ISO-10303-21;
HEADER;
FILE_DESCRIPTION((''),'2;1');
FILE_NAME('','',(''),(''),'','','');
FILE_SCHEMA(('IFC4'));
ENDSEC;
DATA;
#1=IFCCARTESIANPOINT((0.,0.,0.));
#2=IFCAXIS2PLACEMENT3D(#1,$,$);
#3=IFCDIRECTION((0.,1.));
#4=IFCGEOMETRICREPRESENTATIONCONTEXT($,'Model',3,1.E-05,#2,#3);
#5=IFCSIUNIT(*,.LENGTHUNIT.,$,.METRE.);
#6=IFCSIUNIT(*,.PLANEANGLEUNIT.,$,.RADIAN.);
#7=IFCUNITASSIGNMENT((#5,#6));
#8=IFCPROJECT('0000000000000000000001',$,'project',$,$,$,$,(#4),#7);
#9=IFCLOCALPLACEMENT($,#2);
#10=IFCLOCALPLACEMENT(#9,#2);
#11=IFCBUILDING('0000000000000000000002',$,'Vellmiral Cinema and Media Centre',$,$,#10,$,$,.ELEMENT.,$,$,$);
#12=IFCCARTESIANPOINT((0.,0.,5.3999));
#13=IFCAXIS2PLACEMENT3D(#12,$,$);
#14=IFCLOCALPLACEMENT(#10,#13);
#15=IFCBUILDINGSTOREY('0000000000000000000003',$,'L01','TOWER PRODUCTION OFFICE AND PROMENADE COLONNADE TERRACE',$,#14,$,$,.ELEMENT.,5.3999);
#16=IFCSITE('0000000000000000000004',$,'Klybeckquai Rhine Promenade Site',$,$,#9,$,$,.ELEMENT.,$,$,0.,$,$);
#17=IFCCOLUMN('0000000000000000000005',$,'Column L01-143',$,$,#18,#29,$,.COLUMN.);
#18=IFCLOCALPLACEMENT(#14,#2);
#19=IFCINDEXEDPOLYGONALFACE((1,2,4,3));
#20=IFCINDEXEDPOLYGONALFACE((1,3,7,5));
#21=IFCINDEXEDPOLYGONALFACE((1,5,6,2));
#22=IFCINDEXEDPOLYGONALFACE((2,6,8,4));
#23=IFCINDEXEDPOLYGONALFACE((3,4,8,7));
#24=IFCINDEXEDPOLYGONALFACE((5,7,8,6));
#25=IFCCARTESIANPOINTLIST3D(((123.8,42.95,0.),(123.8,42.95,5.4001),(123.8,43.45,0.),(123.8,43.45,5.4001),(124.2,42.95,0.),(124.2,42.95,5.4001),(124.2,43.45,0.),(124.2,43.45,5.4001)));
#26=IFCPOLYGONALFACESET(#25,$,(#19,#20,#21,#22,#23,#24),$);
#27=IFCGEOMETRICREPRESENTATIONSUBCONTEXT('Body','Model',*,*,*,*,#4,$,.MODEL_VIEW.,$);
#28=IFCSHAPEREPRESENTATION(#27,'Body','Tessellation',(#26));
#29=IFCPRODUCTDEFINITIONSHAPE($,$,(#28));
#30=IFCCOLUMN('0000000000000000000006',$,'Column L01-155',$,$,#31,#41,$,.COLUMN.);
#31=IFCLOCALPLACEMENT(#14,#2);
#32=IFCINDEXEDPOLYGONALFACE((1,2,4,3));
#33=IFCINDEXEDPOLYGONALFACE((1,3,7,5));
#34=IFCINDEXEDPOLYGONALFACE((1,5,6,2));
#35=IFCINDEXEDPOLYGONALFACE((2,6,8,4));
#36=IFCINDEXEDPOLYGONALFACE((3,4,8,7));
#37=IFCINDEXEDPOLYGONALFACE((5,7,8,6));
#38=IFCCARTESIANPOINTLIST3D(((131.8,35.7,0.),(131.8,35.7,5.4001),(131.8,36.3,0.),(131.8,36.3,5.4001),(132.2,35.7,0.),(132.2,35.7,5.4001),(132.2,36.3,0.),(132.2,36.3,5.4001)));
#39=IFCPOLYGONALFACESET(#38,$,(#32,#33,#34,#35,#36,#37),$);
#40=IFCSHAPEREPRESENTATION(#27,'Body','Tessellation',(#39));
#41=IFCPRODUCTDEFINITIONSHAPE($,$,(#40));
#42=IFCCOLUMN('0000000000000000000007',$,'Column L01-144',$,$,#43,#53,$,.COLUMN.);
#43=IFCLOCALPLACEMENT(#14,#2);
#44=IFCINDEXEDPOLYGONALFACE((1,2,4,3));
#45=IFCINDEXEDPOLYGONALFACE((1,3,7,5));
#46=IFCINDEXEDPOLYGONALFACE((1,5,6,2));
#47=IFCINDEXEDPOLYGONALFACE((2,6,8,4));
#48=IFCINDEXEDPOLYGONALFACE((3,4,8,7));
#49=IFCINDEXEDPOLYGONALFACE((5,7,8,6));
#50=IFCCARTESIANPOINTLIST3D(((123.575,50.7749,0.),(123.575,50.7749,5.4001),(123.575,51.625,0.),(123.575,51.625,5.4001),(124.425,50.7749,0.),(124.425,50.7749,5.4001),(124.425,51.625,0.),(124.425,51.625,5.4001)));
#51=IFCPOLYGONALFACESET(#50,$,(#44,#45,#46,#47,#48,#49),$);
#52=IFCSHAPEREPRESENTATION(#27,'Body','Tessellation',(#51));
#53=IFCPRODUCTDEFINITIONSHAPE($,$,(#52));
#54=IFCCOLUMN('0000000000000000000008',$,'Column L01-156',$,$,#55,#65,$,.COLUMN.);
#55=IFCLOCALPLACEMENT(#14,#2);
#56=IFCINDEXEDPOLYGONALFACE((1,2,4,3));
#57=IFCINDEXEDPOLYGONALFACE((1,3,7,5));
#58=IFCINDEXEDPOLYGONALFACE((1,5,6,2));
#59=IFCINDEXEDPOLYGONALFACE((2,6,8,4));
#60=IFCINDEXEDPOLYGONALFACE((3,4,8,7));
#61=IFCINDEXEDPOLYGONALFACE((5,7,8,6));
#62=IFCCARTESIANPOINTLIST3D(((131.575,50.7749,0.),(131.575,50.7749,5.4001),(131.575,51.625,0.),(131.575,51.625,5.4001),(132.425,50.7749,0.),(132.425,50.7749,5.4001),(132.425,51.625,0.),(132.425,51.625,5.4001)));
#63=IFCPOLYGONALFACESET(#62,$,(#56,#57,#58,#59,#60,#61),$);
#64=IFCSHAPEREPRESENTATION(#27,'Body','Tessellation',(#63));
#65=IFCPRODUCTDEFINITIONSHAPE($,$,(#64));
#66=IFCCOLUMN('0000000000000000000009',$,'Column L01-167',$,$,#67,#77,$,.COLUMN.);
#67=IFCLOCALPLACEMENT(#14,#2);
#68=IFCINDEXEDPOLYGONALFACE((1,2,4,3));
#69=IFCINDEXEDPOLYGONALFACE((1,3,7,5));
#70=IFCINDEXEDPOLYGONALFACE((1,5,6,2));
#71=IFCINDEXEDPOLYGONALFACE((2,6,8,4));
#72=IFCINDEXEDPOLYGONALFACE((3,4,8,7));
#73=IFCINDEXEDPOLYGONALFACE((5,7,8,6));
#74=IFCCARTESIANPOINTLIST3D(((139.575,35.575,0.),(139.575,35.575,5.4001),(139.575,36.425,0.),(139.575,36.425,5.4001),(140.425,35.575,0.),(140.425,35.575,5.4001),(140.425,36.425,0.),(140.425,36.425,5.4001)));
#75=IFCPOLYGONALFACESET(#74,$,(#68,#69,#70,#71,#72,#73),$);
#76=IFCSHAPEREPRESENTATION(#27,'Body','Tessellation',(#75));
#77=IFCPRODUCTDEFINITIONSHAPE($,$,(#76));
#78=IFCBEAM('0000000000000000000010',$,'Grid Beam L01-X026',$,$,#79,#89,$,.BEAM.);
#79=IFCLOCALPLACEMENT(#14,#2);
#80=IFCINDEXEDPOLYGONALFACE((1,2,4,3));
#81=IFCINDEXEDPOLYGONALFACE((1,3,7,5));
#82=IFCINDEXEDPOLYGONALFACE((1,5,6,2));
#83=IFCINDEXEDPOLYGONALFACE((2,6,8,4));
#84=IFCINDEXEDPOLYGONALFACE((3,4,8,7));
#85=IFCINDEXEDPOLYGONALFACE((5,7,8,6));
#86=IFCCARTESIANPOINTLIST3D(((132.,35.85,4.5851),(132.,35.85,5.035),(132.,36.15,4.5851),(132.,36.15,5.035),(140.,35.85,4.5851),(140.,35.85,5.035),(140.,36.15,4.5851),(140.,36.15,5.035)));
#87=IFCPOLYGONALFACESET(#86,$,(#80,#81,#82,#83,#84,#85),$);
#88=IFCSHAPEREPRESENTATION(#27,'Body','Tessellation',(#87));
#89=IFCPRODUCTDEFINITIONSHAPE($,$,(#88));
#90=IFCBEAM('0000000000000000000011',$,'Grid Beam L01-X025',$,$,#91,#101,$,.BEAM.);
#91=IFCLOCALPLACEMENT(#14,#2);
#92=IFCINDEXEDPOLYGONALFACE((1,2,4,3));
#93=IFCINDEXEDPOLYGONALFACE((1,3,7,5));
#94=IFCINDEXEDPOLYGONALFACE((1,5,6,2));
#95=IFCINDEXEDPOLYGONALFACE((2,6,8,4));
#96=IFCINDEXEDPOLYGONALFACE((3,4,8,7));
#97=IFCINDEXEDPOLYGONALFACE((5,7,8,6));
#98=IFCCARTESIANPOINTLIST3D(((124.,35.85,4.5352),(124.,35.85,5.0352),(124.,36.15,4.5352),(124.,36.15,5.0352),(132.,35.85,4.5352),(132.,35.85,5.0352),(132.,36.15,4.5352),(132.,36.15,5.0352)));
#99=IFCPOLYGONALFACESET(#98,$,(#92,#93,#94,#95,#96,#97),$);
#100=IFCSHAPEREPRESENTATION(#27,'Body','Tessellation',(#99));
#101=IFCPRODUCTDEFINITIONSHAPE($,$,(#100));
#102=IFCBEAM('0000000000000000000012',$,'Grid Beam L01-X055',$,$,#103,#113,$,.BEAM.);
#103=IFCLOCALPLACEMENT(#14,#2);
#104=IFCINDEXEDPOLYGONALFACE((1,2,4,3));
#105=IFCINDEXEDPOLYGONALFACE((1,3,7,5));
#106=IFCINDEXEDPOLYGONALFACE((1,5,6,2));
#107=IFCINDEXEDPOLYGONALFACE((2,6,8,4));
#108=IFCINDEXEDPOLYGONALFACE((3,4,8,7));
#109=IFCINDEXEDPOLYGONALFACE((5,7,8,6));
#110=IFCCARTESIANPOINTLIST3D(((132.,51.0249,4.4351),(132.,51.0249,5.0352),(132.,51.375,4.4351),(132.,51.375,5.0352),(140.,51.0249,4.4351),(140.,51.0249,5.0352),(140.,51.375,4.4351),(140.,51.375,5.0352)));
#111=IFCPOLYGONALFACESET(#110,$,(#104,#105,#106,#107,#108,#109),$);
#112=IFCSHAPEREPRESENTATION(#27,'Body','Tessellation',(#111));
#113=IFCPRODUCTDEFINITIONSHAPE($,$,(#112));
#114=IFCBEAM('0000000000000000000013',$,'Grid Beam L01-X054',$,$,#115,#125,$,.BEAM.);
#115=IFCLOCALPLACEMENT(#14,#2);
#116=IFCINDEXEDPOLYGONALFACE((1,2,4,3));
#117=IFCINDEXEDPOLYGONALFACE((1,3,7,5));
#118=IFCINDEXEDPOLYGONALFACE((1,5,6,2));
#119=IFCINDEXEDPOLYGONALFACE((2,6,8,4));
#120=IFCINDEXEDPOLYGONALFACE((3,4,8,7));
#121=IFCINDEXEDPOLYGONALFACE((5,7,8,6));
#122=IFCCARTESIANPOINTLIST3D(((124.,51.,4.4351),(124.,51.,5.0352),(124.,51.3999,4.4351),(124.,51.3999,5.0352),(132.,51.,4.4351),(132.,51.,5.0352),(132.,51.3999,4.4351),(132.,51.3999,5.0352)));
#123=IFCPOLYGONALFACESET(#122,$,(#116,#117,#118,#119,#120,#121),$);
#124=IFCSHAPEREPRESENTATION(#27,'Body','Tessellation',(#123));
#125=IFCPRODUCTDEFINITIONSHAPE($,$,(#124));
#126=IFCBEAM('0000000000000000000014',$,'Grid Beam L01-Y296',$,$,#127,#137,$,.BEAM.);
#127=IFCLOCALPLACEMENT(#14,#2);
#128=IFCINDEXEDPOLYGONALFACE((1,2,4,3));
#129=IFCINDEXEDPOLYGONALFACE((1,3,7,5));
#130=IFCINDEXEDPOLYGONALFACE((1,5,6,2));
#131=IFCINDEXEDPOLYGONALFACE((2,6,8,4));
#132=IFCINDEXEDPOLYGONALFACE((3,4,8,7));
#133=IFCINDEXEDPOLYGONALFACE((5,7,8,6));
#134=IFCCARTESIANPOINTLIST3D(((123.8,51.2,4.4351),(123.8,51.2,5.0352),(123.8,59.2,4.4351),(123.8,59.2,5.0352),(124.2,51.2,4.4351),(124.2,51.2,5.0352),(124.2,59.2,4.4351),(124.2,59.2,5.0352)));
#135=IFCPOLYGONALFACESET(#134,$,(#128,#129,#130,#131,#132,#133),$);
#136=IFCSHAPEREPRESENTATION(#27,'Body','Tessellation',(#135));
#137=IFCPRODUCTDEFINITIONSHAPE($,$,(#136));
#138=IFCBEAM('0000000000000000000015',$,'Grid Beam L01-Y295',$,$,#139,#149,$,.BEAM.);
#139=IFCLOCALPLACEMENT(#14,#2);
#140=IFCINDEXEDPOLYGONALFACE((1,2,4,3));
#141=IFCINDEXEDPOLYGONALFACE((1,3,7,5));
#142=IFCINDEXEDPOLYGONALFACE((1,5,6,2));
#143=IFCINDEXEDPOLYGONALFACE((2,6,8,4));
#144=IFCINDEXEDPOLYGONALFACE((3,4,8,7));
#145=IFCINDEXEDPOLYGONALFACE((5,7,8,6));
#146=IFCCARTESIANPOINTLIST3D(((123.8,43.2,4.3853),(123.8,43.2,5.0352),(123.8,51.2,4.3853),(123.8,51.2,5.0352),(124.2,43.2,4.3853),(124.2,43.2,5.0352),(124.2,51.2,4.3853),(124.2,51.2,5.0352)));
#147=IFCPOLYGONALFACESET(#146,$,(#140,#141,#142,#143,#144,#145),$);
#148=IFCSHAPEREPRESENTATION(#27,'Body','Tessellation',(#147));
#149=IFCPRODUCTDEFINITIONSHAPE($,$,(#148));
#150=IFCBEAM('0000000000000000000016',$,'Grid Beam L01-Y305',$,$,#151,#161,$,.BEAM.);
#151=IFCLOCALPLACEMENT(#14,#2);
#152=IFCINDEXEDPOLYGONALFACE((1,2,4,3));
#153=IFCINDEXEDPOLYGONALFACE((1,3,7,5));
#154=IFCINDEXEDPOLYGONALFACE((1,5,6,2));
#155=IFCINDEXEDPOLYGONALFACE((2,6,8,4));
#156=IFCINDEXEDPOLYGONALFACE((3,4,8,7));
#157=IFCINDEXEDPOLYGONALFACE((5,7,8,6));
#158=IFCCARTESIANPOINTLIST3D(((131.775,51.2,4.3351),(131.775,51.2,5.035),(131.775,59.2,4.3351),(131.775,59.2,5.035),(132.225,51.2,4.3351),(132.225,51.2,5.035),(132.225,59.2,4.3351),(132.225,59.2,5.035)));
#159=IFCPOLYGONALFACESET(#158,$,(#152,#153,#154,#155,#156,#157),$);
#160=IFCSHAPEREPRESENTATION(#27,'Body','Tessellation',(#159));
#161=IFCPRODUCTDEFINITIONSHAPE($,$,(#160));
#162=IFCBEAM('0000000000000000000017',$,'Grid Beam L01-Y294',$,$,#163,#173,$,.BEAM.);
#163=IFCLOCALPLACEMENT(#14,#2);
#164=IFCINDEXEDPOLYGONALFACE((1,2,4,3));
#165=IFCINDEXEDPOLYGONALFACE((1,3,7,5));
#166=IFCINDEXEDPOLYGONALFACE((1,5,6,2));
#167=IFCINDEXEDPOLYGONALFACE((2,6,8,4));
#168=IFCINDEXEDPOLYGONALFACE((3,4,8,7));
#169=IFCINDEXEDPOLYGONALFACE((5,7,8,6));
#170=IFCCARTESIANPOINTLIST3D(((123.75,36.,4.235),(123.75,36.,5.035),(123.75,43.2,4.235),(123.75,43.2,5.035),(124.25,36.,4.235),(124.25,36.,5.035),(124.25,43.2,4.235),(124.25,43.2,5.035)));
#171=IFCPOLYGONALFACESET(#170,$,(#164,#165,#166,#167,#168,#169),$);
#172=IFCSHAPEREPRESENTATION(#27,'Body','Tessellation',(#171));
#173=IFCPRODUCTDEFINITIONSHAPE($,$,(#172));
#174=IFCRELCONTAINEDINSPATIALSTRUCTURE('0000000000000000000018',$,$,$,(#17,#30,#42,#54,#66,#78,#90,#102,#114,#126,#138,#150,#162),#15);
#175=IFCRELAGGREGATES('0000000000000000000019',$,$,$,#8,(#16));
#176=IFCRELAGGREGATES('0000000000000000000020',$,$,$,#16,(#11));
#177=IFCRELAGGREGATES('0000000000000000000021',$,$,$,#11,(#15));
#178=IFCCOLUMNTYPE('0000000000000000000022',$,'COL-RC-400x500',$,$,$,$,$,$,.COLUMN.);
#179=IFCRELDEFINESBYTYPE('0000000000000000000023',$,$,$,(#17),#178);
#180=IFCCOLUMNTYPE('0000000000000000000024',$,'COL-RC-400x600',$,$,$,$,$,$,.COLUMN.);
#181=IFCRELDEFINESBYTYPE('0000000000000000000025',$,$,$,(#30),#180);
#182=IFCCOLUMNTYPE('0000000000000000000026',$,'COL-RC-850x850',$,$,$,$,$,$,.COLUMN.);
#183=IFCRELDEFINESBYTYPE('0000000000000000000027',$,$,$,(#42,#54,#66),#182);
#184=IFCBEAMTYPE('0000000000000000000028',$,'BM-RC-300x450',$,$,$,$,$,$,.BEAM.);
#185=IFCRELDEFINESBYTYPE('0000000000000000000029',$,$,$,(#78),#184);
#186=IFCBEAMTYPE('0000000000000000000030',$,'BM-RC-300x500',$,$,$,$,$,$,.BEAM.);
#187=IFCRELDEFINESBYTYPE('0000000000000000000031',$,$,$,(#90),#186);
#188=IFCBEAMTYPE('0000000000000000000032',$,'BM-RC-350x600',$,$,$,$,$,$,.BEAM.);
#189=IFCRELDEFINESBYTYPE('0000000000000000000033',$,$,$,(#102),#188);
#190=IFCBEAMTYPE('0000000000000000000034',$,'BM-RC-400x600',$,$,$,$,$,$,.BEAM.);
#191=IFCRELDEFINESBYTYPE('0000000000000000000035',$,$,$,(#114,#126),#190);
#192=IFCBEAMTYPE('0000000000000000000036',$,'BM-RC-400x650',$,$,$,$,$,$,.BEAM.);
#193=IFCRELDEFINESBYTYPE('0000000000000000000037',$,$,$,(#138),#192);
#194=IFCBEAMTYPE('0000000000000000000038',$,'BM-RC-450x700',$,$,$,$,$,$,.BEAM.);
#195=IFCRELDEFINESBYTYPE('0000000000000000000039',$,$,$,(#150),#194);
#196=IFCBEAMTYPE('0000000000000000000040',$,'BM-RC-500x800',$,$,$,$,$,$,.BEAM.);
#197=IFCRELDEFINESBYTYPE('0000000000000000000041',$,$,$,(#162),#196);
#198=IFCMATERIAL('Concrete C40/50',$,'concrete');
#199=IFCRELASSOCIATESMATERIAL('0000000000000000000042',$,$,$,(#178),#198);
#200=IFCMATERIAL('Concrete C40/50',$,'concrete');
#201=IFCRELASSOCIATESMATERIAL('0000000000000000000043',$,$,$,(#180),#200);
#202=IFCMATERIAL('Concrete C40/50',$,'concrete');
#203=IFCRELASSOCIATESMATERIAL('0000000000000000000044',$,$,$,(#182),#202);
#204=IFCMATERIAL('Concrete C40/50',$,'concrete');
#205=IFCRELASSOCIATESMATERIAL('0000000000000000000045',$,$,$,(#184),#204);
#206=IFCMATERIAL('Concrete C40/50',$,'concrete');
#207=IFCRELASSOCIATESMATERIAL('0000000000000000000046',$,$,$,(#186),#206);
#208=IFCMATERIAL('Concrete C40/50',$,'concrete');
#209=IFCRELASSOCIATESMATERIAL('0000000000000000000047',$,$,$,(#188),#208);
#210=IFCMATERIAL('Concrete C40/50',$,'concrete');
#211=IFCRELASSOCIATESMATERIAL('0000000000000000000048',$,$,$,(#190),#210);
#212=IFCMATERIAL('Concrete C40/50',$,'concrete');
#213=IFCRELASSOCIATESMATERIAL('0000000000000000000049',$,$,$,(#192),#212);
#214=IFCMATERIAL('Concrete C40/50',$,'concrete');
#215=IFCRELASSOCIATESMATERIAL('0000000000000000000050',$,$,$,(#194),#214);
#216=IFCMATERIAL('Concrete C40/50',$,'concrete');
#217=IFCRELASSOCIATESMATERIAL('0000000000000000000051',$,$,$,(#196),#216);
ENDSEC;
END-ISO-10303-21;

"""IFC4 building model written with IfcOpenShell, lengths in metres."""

from ifc_helpers import new_model, si_unit, direction, frame, origin, origin_2d, place, context, subcontext, project, spatial, rectangle, extrude, material, material_profile, profile_set, type_object, element, save


model = new_model("IFC4")

# Units and contexts
model_context = context("Model", 3, precision=1e-05, world=origin(), true_north=direction((0.0, 1.0)))
body_context = subcontext(model_context, "Body", "Model", "MODEL_VIEW")
ifc_project = project(units=[si_unit("LENGTHUNIT", "METRE"), si_unit("PLANEANGLEUNIT", "RADIAN")], contexts=[model_context])

# Site, building, storey
site_placement = place(None, origin())
site = spatial("IfcSite", under=ifc_project, at=site_placement, Name="Klybeckquai Rhine Promenade Site", CompositionType="ELEMENT", RefElevation=0.0)
building_placement = place(site_placement, origin())
building = spatial("IfcBuilding", under=site, at=building_placement, Name="Vellmiral Cinema and Media Centre", CompositionType="ELEMENT")
storey_placement = place(building_placement, frame((0.0, 0.0, 5.3999)))
storey = spatial("IfcBuildingStorey", under=building, at=storey_placement, Name="L01", Description="TOWER PRODUCTION OFFICE AND PROMENADE COLONNADE TERRACE", CompositionType="ELEMENT", Elevation=5.3999)

# Columns
ifc_material_1 = material(Name="Concrete C40/50", Category="concrete")
ifc_material_profile_1 = material_profile(ifc_material_1, rectangle(XDim=0.3999, YDim=0.5, at=origin_2d()), Name="RC 400x500")
ifc_profile_set_1 = profile_set([ifc_material_profile_1], Name="Concrete C40/50")
column_type_1 = type_object("IfcColumnType", Name="COL-RC-400x500", PredefinedType="COLUMN", material=ifc_profile_set_1)
column_1_placement = place(storey_placement, frame((124.0, 43.2, 0.0), z_axis=(0.0, 0.0, 1.0), x_axis=(1.0, 0.0, 0.0)))
element("IfcColumn", 1, at=column_1_placement, inside=storey, type_object=column_type_1, Name="Column L01-143", PredefinedType="COLUMN", context=body_context, shape_type="SweptSolid", body=[
    extrude(rectangle(XDim=0.3999, YDim=0.5, at=origin_2d()), origin(), (0.0, 0.0, 1.0), 5.4001),
])
ifc_material_2 = material(Name="Concrete C40/50", Category="concrete")
ifc_material_profile_2 = material_profile(ifc_material_2, rectangle(XDim=0.3999, YDim=0.6001, at=origin_2d()), Name="RC 400x600")
ifc_profile_set_2 = profile_set([ifc_material_profile_2], Name="Concrete C40/50")
column_type_2 = type_object("IfcColumnType", Name="COL-RC-400x600", PredefinedType="COLUMN", material=ifc_profile_set_2)
column_2_placement = place(storey_placement, frame((132.0, 36.0, 0.0), z_axis=(0.0, 0.0, 1.0), x_axis=(1.0, 0.0, 0.0)))
element("IfcColumn", 2, at=column_2_placement, inside=storey, type_object=column_type_2, Name="Column L01-155", PredefinedType="COLUMN", context=body_context, shape_type="SweptSolid", body=[
    extrude(rectangle(XDim=0.3999, YDim=0.6001, at=origin_2d()), origin(), (0.0, 0.0, 1.0), 5.4001),
])
ifc_material_3 = material(Name="Concrete C40/50", Category="concrete")
ifc_material_profile_3 = material_profile(ifc_material_3, rectangle(XDim=0.8501, YDim=0.8501, at=origin_2d()), Name="RC 850x850")
ifc_profile_set_3 = profile_set([ifc_material_profile_3], Name="Concrete C40/50")
column_type_3 = type_object("IfcColumnType", Name="COL-RC-850x850", PredefinedType="COLUMN", material=ifc_profile_set_3)
for number, where, z_axis, x_axis, name in (
    (3, (124.0, 51.2, 0.0), (0.0, 0.0, 1.0), (1.0, 0.0, 0.0), "Column L01-144"),
    (4, (132.0, 51.2, 0.0), (0.0, 0.0, 1.0), (1.0, 0.0, 0.0), "Column L01-156"),
    (5, (140.0, 36.0, 0.0), (0.0, 0.0, 1.0), (1.0, 0.0, 0.0), "Column L01-167"),
):
    element("IfcColumn", number, at=place(storey_placement, frame(where, z_axis=z_axis, x_axis=x_axis)), inside=storey, type_object=column_type_3, Name=name, PredefinedType="COLUMN", context=body_context, shape_type="SweptSolid", body=[
        extrude(rectangle(XDim=0.8501, YDim=0.8501, at=origin_2d()), origin(), (0.0, 0.0, 1.0), 5.4001),
    ])

# Beams
ifc_material_4 = material(Name="Concrete C40/50", Category="concrete")
ifc_material_profile_4 = material_profile(ifc_material_4, rectangle(XDim=0.3, YDim=0.45, at=origin_2d()), Name="RC 300x450")
ifc_profile_set_4 = profile_set([ifc_material_profile_4], Name="Concrete C40/50")
beam_type_1 = type_object("IfcBeamType", Name="BM-RC-300x450", PredefinedType="BEAM", material=ifc_profile_set_4)
beam_1_placement = place(storey_placement, frame((132.0, 36.0, 4.8101), z_axis=(1.0, 0.0, 0.0), x_axis=(0.0, 1.0, 0.0)))
element("IfcBeam", 6, at=beam_1_placement, inside=storey, type_object=beam_type_1, Name="Grid Beam L01-X026", PredefinedType="BEAM", context=body_context, shape_type="SweptSolid", body=[
    extrude(rectangle(XDim=0.3, YDim=0.45, at=origin_2d()), origin(), (0.0, 0.0, 1.0), 8.0),
])
ifc_material_5 = material(Name="Concrete C40/50", Category="concrete")
ifc_material_profile_5 = material_profile(ifc_material_5, rectangle(XDim=0.3, YDim=0.5, at=origin_2d()), Name="RC 300x500")
ifc_profile_set_5 = profile_set([ifc_material_profile_5], Name="Concrete C40/50")
beam_type_2 = type_object("IfcBeamType", Name="BM-RC-300x500", PredefinedType="BEAM", material=ifc_profile_set_5)
beam_2_placement = place(storey_placement, frame((124.0, 36.0, 4.7852), z_axis=(1.0, 0.0, 0.0), x_axis=(0.0, 1.0, 0.0)))
element("IfcBeam", 7, at=beam_2_placement, inside=storey, type_object=beam_type_2, Name="Grid Beam L01-X025", PredefinedType="BEAM", context=body_context, shape_type="SweptSolid", body=[
    extrude(rectangle(XDim=0.3, YDim=0.5, at=origin_2d()), origin(), (0.0, 0.0, 1.0), 8.0),
])
ifc_material_6 = material(Name="Concrete C40/50", Category="concrete")
ifc_material_profile_6 = material_profile(ifc_material_6, rectangle(XDim=0.3501, YDim=0.6001, at=origin_2d()), Name="RC 350x600")
ifc_profile_set_6 = profile_set([ifc_material_profile_6], Name="Concrete C40/50")
beam_type_3 = type_object("IfcBeamType", Name="BM-RC-350x600", PredefinedType="BEAM", material=ifc_profile_set_6)
beam_3_placement = place(storey_placement, frame((132.0, 51.2, 4.7351), z_axis=(1.0, 0.0, 0.0), x_axis=(0.0, 1.0, 0.0)))
element("IfcBeam", 8, at=beam_3_placement, inside=storey, type_object=beam_type_3, Name="Grid Beam L01-X055", PredefinedType="BEAM", context=body_context, shape_type="SweptSolid", body=[
    extrude(rectangle(XDim=0.3501, YDim=0.6001, at=origin_2d()), origin(), (0.0, 0.0, 1.0), 8.0),
])
ifc_material_7 = material(Name="Concrete C40/50", Category="concrete")
ifc_material_profile_7 = material_profile(ifc_material_7, rectangle(XDim=0.3999, YDim=0.6001, at=origin_2d()), Name="RC 400x600")
ifc_profile_set_7 = profile_set([ifc_material_profile_7], Name="Concrete C40/50")
beam_type_4 = type_object("IfcBeamType", Name="BM-RC-400x600", PredefinedType="BEAM", material=ifc_profile_set_7)
for number, where, z_axis, x_axis, name in (
    (9, (124.0, 51.2, 4.7351), (1.0, 0.0, 0.0), (0.0, 1.0, 0.0), "Grid Beam L01-X054"),
    (10, (124.0, 51.2, 4.7351), (0.0, 1.0, 0.0), (-1.0, 0.0, 0.0), "Grid Beam L01-Y296"),
):
    element("IfcBeam", number, at=place(storey_placement, frame(where, z_axis=z_axis, x_axis=x_axis)), inside=storey, type_object=beam_type_4, Name=name, PredefinedType="BEAM", context=body_context, shape_type="SweptSolid", body=[
        extrude(rectangle(XDim=0.3999, YDim=0.6001, at=origin_2d()), origin(), (0.0, 0.0, 1.0), 8.0),
    ])
ifc_material_8 = material(Name="Concrete C40/50", Category="concrete")
ifc_material_profile_8 = material_profile(ifc_material_8, rectangle(XDim=0.3999, YDim=0.6499, at=origin_2d()), Name="RC 400x650")
ifc_profile_set_8 = profile_set([ifc_material_profile_8], Name="Concrete C40/50")
beam_type_5 = type_object("IfcBeamType", Name="BM-RC-400x650", PredefinedType="BEAM", material=ifc_profile_set_8)
beam_4_placement = place(storey_placement, frame((124.0, 43.2, 4.7102), z_axis=(0.0, 1.0, 0.0), x_axis=(-1.0, 0.0, 0.0)))
element("IfcBeam", 11, at=beam_4_placement, inside=storey, type_object=beam_type_5, Name="Grid Beam L01-Y295", PredefinedType="BEAM", context=body_context, shape_type="SweptSolid", body=[
    extrude(rectangle(XDim=0.3999, YDim=0.6499, at=origin_2d()), origin(), (0.0, 0.0, 1.0), 8.0),
])
ifc_material_9 = material(Name="Concrete C40/50", Category="concrete")
ifc_material_profile_9 = material_profile(ifc_material_9, rectangle(XDim=0.45, YDim=0.7, at=origin_2d()), Name="RC 450x700")
ifc_profile_set_9 = profile_set([ifc_material_profile_9], Name="Concrete C40/50")
beam_type_6 = type_object("IfcBeamType", Name="BM-RC-450x700", PredefinedType="BEAM", material=ifc_profile_set_9)
beam_5_placement = place(storey_placement, frame((132.0, 51.2, 4.6851), z_axis=(0.0, 1.0, 0.0), x_axis=(-1.0, 0.0, 0.0)))
element("IfcBeam", 12, at=beam_5_placement, inside=storey, type_object=beam_type_6, Name="Grid Beam L01-Y305", PredefinedType="BEAM", context=body_context, shape_type="SweptSolid", body=[
    extrude(rectangle(XDim=0.45, YDim=0.7, at=origin_2d()), origin(), (0.0, 0.0, 1.0), 8.0),
])
ifc_material_10 = material(Name="Concrete C40/50", Category="concrete")
ifc_material_profile_10 = material_profile(ifc_material_10, rectangle(XDim=0.5, YDim=0.8, at=origin_2d()), Name="RC 500x800")
ifc_profile_set_10 = profile_set([ifc_material_profile_10], Name="Concrete C40/50")
beam_type_7 = type_object("IfcBeamType", Name="BM-RC-500x800", PredefinedType="BEAM", material=ifc_profile_set_10)
beam_6_placement = place(storey_placement, frame((124.0, 36.0, 4.635), z_axis=(0.0, 1.0, 0.0), x_axis=(-1.0, 0.0, 0.0)))
element("IfcBeam", 13, at=beam_6_placement, inside=storey, type_object=beam_type_7, Name="Grid Beam L01-Y294", PredefinedType="BEAM", context=body_context, shape_type="SweptSolid", body=[
    extrude(rectangle(XDim=0.5, YDim=0.8, at=origin_2d()), origin(), (0.0, 0.0, 1.0), 7.2),
])

save(model, "model.ifc")
